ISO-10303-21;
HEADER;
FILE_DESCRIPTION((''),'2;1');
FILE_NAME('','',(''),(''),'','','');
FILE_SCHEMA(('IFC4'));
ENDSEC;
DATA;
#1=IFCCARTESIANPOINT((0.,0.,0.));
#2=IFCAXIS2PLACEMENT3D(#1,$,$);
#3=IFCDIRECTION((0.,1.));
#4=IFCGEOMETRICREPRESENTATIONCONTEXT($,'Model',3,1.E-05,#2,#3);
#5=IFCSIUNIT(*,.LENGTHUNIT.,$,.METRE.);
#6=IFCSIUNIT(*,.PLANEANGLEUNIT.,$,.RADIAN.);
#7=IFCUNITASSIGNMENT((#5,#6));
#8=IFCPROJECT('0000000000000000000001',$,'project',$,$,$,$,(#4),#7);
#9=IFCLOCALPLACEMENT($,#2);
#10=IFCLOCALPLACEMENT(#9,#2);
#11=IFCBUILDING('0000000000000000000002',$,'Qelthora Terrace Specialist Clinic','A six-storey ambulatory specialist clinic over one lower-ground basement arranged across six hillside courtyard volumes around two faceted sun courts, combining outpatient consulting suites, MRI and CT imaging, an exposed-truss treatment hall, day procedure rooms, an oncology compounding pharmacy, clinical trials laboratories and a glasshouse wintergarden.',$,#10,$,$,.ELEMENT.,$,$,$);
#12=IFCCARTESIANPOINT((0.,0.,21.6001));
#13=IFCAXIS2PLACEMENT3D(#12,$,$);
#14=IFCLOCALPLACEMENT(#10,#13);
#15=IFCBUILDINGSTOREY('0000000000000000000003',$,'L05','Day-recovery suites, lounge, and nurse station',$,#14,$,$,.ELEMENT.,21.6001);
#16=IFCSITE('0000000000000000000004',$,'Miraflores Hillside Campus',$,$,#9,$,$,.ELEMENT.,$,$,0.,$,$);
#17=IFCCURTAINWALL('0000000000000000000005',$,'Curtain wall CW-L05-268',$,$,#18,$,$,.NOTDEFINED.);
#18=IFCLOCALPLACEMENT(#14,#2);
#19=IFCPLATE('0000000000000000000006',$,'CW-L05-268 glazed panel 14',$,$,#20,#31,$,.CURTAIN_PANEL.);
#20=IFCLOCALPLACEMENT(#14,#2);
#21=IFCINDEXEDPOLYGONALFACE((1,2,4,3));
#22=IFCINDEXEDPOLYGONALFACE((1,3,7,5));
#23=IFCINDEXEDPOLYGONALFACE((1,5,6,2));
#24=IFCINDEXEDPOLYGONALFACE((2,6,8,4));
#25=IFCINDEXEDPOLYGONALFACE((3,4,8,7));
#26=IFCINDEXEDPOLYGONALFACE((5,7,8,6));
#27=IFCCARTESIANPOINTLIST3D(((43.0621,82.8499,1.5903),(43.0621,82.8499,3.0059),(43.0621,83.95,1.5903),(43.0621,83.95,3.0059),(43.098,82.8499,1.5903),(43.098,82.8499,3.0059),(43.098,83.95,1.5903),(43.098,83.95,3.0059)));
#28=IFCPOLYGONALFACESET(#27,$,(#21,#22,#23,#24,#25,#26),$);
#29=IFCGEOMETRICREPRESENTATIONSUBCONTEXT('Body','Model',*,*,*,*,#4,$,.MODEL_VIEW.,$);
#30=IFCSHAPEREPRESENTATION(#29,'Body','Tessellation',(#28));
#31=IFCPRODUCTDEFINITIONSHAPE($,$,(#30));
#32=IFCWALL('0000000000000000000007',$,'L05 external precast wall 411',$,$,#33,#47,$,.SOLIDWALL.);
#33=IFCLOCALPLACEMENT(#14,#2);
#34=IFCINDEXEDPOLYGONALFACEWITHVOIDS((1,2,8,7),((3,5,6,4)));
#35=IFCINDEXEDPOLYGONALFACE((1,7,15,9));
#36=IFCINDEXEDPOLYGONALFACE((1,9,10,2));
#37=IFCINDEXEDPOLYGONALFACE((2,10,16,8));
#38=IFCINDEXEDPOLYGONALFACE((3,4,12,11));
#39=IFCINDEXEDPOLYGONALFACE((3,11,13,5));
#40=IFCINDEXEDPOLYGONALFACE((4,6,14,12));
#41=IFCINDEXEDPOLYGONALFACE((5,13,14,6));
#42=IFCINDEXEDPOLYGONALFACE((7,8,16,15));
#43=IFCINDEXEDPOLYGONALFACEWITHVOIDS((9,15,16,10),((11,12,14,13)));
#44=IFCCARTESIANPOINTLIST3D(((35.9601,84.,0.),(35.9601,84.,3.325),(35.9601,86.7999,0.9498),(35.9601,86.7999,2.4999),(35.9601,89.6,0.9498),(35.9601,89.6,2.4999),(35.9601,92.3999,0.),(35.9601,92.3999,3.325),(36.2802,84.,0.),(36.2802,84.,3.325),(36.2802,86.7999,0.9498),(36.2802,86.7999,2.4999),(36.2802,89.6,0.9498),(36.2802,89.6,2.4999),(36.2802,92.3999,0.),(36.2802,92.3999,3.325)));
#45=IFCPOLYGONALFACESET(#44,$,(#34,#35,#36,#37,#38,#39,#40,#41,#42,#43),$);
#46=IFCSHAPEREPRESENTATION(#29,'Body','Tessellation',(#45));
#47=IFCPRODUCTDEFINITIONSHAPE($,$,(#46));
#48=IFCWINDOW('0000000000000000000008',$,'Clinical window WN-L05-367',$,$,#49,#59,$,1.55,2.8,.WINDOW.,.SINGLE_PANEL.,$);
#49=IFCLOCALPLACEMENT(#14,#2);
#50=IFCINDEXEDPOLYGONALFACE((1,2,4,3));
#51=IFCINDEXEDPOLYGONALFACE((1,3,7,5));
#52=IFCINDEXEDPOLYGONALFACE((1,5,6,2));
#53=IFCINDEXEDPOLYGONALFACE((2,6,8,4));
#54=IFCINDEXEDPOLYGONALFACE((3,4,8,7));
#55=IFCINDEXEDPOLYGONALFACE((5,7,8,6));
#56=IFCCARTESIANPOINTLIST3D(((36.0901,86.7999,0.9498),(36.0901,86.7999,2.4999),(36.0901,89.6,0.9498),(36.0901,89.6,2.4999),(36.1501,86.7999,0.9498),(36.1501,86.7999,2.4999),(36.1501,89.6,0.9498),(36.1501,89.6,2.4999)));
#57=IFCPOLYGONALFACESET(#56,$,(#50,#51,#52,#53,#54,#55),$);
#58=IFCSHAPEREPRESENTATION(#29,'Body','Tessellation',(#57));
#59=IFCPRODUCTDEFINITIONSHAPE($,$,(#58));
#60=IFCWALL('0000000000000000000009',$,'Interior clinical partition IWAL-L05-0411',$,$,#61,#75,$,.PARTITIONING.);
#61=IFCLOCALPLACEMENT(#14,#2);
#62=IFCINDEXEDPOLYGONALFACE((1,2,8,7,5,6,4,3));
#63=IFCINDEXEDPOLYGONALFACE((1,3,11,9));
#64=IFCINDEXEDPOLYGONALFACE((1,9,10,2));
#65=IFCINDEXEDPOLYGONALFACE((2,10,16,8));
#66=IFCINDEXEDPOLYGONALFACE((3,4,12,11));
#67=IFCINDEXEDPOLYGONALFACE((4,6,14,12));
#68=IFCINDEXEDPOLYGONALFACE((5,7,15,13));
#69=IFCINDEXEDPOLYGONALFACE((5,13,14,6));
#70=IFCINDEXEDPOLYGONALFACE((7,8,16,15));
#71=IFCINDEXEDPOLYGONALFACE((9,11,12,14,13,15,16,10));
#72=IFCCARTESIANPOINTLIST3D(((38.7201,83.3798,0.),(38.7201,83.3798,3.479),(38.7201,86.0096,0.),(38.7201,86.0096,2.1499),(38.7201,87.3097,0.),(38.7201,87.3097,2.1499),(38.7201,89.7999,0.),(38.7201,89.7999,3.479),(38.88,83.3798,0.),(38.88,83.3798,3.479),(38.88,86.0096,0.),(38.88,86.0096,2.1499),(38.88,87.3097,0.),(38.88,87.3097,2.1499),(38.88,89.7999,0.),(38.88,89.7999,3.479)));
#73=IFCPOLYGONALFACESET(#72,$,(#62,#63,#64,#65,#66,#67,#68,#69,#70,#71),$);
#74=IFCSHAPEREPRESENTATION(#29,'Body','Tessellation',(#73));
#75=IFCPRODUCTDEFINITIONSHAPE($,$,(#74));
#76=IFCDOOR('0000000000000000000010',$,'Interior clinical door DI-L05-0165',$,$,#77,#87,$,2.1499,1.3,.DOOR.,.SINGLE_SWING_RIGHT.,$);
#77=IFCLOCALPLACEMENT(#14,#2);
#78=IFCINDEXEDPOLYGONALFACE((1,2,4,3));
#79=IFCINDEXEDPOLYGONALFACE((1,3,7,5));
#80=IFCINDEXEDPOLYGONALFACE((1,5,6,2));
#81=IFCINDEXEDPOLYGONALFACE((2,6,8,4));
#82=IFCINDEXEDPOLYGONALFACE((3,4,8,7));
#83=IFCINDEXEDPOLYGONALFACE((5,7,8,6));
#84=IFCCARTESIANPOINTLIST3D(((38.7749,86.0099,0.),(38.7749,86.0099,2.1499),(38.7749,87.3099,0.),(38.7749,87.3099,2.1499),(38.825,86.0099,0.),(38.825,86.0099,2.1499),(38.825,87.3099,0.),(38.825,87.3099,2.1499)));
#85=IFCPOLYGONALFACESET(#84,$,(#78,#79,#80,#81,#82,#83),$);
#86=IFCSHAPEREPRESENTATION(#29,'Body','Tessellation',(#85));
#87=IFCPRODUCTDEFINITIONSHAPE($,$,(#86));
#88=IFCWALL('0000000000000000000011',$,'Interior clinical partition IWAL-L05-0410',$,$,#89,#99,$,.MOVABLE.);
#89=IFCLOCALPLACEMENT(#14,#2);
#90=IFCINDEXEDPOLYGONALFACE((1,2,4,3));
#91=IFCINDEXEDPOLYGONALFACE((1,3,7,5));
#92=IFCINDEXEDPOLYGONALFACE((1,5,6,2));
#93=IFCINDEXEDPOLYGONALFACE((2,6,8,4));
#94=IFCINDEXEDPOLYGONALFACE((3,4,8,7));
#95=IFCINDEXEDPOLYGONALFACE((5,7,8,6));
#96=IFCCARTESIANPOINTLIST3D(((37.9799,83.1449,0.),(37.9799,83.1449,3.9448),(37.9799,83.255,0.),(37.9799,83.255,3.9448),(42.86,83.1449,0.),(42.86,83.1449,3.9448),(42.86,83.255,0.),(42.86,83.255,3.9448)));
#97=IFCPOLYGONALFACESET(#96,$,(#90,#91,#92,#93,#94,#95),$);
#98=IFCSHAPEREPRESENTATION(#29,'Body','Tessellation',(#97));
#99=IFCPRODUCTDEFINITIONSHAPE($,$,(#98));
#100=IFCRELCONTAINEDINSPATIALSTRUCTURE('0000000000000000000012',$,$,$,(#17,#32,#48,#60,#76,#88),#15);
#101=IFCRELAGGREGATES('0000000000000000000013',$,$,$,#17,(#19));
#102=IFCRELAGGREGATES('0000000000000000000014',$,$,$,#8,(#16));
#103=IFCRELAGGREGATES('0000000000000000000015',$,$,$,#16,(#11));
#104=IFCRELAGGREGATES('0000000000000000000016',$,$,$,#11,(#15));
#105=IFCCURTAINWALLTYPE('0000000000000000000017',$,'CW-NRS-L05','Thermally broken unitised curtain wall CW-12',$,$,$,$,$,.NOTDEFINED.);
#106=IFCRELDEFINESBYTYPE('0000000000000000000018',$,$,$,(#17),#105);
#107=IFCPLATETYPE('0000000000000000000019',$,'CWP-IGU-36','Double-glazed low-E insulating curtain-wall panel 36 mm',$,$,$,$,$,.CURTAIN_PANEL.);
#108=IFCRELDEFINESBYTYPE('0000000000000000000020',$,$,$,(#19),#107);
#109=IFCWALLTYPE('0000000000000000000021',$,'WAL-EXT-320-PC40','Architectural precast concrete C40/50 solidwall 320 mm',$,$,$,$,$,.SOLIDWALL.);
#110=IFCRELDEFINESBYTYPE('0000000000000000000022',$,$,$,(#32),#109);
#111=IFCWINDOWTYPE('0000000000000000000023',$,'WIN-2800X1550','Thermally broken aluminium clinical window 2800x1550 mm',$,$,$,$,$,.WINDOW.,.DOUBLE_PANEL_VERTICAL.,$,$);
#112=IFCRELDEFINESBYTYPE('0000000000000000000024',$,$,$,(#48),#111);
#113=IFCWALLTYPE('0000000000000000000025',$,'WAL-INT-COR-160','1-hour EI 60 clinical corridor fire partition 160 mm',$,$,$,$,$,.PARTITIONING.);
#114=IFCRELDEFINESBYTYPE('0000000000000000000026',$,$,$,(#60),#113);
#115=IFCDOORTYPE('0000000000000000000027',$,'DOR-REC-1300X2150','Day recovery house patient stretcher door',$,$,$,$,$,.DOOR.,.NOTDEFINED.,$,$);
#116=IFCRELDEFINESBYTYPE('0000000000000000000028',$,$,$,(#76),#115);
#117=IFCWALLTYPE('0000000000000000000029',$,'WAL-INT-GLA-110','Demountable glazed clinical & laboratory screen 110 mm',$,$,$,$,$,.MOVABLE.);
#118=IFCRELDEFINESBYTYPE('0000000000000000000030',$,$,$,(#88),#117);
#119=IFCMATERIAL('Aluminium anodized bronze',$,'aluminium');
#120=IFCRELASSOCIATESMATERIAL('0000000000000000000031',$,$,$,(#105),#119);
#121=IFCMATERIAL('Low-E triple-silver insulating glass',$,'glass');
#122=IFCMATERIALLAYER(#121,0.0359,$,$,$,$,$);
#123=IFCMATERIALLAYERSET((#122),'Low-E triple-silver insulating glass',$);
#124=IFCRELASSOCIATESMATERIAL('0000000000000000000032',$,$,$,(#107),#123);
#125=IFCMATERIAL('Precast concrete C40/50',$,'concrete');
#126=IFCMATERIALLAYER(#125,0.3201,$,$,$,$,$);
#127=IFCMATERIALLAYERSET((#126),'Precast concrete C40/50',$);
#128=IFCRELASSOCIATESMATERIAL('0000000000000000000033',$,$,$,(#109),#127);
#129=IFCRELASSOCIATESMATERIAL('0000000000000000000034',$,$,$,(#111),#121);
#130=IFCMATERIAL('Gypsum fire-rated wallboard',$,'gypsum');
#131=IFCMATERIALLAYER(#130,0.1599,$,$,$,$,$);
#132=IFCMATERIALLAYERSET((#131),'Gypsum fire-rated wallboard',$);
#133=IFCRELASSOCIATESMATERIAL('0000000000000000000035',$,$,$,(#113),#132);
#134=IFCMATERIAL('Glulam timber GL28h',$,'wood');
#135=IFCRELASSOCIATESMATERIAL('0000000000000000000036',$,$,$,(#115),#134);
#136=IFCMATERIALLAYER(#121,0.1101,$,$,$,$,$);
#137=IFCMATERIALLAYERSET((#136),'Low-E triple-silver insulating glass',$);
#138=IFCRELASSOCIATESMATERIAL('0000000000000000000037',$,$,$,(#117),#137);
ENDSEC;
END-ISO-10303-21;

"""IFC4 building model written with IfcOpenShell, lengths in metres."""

from ifc_helpers import new_model, si_unit, direction, frame, frame_2d, origin, origin_2d, place, context, subcontext, project, spatial, rectangle, extrude, material, layer, layer_set, type_object, element, fill, aggregate, save


model = new_model("IFC4")

# Units and contexts
model_context = context("Model", 3, precision=1e-05, world=origin(), true_north=direction((0.0, 1.0)))
body_context = subcontext(model_context, "Body", "Model", "MODEL_VIEW")
ifc_project = project(units=[si_unit("LENGTHUNIT", "METRE"), si_unit("PLANEANGLEUNIT", "RADIAN")], contexts=[model_context])

# Site, building, storey
site_placement = place(None, origin())
site = spatial("IfcSite", under=ifc_project, at=site_placement, Name="Miraflores Hillside Campus", CompositionType="ELEMENT", RefElevation=0.0)
building_placement = place(site_placement, origin())
building = spatial("IfcBuilding", under=site, at=building_placement, Name="Qelthora Terrace Specialist Clinic", Description="A six-storey ambulatory specialist clinic over one lower-ground basement arranged across six hillside courtyard volumes around two faceted sun courts, combining outpatient consulting suites, MRI and CT imaging, an exposed-truss treatment hall, day procedure rooms, an oncology compounding pharmacy, clinical trials laboratories and a glasshouse wintergarden.", CompositionType="ELEMENT")
storey_placement = place(building_placement, frame((0.0, 0.0, 21.6001)))
storey = spatial("IfcBuildingStorey", under=building, at=storey_placement, Name="L05", Description="Day-recovery suites, lounge, and nurse station", CompositionType="ELEMENT", Elevation=21.6001)

# Curtain wall
ifc_material_1 = material(Name="Aluminium anodized bronze", Category="aluminium")
curtain_wall_type = type_object("IfcCurtainWallType", Name="CW-NRS-L05", Description="Thermally broken unitised curtain wall CW-12", PredefinedType="NOTDEFINED", material=ifc_material_1)
curtain_wall_1_placement = place(storey_placement, origin())
curtain_wall_1 = element("IfcCurtainWall", 1, at=curtain_wall_1_placement, inside=storey, type_object=curtain_wall_type, Name="Curtain wall CW-L05-268", PredefinedType="NOTDEFINED")

# Plate
ifc_material_2 = material(Name="Low-E triple-silver insulating glass", Category="glass")
ifc_layer_1 = layer(ifc_material_2, 0.0359)
ifc_layer_set_1 = layer_set([ifc_layer_1], Name="Low-E triple-silver insulating glass")
plate_type = type_object("IfcPlateType", Name="CWP-IGU-36", Description="Double-glazed low-E insulating curtain-wall panel 36 mm", PredefinedType="CURTAIN_PANEL", material=ifc_layer_set_1)
plate_1_placement = place(storey_placement, frame((43.0801, 83.3999, 1.5903), z_axis=(0.0, 0.0, 1.0), x_axis=(0.0, 1.0, 0.0)))
plate_1 = element("IfcPlate", 2, at=plate_1_placement, type_object=plate_type, Name="CW-L05-268 glazed panel 14", PredefinedType="CURTAIN_PANEL", context=body_context, shape_type="SweptSolid", body=[
    extrude(rectangle(XDim=1.1001, YDim=0.0359, at=origin_2d()), origin(), (0.0, 0.0, 1.0), 1.4155),
])
aggregate(curtain_wall_1, [plate_1])

# Wall, opening, window
ifc_material_3 = material(Name="Precast concrete C40/50", Category="concrete")
ifc_layer_2 = layer(ifc_material_3, 0.3201)
ifc_layer_set_2 = layer_set([ifc_layer_2], Name="Precast concrete C40/50")
wall_type_1 = type_object("IfcWallType", Name="WAL-EXT-320-PC40", Description="Architectural precast concrete C40/50 solidwall 320 mm", PredefinedType="SOLIDWALL", material=ifc_layer_set_2)
wall_1_placement = place(storey_placement, frame((36.1201, 84.0, 0.0), z_axis=(0.0, 0.0, 1.0), x_axis=(0.0, 1.0, 0.0)))
wall_1 = element("IfcWall", 3, at=wall_1_placement, inside=storey, type_object=wall_type_1, Name="L05 external precast wall 411", PredefinedType="SOLIDWALL", context=body_context, shape_type="SweptSolid", body=[
    extrude(rectangle(XDim=8.3999, YDim=0.3201, at=frame_2d((4.2, 0.0))), origin(), (0.0, 0.0, 1.0), 3.325),
])
opening_1_placement = place(wall_1_placement, frame((2.8, 0.0, 0.95)))
opening_1 = element("IfcOpeningElement", 4, at=opening_1_placement, cuts=wall_1, PredefinedType="OPENING", context=body_context, shape_type="SweptSolid", body=[
    extrude(rectangle(XDim=2.8, YDim=1.55, at=frame_2d((1.3999, 0.7749))), frame((0.0, 0.1699, 0.0), z_axis=(0.0, -1.0, 0.0), x_axis=(1.0, 0.0, 0.0)), (0.0, 0.0, 1.0), 0.3401),
])
window_type = type_object("IfcWindowType", Name="WIN-2800X1550", Description="Thermally broken aluminium clinical window 2800x1550 mm", PartitioningType="DOUBLE_PANEL_VERTICAL", PredefinedType="WINDOW", material=ifc_material_2)
window_placement = place(opening_1_placement, origin())
window = element("IfcWindow", 5, at=window_placement, inside=storey, type_object=window_type, Name="Clinical window WN-L05-367", OverallHeight=1.55, OverallWidth=2.8, PartitioningType="SINGLE_PANEL", PredefinedType="WINDOW", context=body_context, shape_type="SweptSolid", body=[
    extrude(rectangle(XDim=2.8, YDim=1.55, at=frame_2d((1.3999, 0.7749))), frame((0.0, 0.03, 0.0), z_axis=(0.0, -1.0, 0.0), x_axis=(1.0, 0.0, 0.0)), (0.0, 0.0, 1.0), 0.0601),
])
fill(opening_1, window)

# Wall, opening, door
ifc_material_4 = material(Name="Gypsum fire-rated wallboard", Category="gypsum")
ifc_layer_3 = layer(ifc_material_4, 0.1599)
ifc_layer_set_3 = layer_set([ifc_layer_3], Name="Gypsum fire-rated wallboard")
wall_type_2 = type_object("IfcWallType", Name="WAL-INT-COR-160", Description="1-hour EI 60 clinical corridor fire partition 160 mm", PredefinedType="PARTITIONING", material=ifc_layer_set_3)
wall_2_placement = place(storey_placement, frame((38.8, 83.3799, 0.0), z_axis=(0.0, 0.0, 1.0), x_axis=(0.0, 1.0, 0.0)))
wall_2 = element("IfcWall", 6, at=wall_2_placement, inside=storey, type_object=wall_type_2, Name="Interior clinical partition IWAL-L05-0411", PredefinedType="PARTITIONING", context=body_context, shape_type="SweptSolid", body=[
    extrude(rectangle(XDim=6.4202, YDim=0.1599, at=frame_2d((3.21, 0.0))), origin(), (0.0, 0.0, 1.0), 3.479),
])
opening_2_placement = place(wall_2_placement, frame((2.6299, 0.0, 0.0)))
opening_2 = element("IfcOpeningElement", 7, at=opening_2_placement, cuts=wall_2, PredefinedType="OPENING", context=body_context, shape_type="SweptSolid", body=[
    extrude(rectangle(XDim=1.3, YDim=2.1499, at=frame_2d((0.6499, 1.075))), frame((0.0, 0.0898, 0.0), z_axis=(0.0, -1.0, 0.0), x_axis=(1.0, 0.0, 0.0)), (0.0, 0.0, 1.0), 0.1799),
])
ifc_material_5 = material(Name="Glulam timber GL28h", Category="wood")
door_type = type_object("IfcDoorType", Name="DOR-REC-1300X2150", Description="Day recovery house patient stretcher door", OperationType="NOTDEFINED", PredefinedType="DOOR", material=ifc_material_5)
door_placement = place(opening_2_placement, frame((1.3, 0.0, 0.0), z_axis=(0.0, 0.0, 1.0), x_axis=(-1.0, 0.0, 0.0)))
door = element("IfcDoor", 8, at=door_placement, inside=storey, type_object=door_type, Name="Interior clinical door DI-L05-0165", OperationType="SINGLE_SWING_RIGHT", OverallHeight=2.1499, OverallWidth=1.3, PredefinedType="DOOR", context=body_context, shape_type="SweptSolid", body=[
    extrude(rectangle(XDim=1.3, YDim=2.1499, at=frame_2d((0.6499, 1.075))), frame((0.0, 0.0249, 0.0), z_axis=(0.0, -1.0, 0.0), x_axis=(1.0, 0.0, 0.0)), (0.0, 0.0, 1.0), 0.05),
])
fill(opening_2, door)

# Wall
ifc_layer_4 = layer(ifc_material_2, 0.1101)
ifc_layer_set_4 = layer_set([ifc_layer_4], Name="Low-E triple-silver insulating glass")
wall_type_3 = type_object("IfcWallType", Name="WAL-INT-GLA-110", Description="Demountable glazed clinical & laboratory screen 110 mm", PredefinedType="MOVABLE", material=ifc_layer_set_4)
wall_3_placement = place(storey_placement, frame((37.98, 83.2, 0.0), z_axis=(0.0, 0.0, 1.0), x_axis=(1.0, 0.0, 0.0)))
element("IfcWall", 9, at=wall_3_placement, inside=storey, type_object=wall_type_3, Name="Interior clinical partition IWAL-L05-0410", PredefinedType="MOVABLE", context=body_context, shape_type="SweptSolid", body=[
    extrude(rectangle(XDim=4.8801, YDim=0.1101, at=frame_2d((2.4399, 0.0))), origin(), (0.0, 0.0, 1.0), 3.9448),
])

save(model, "model.ifc")
